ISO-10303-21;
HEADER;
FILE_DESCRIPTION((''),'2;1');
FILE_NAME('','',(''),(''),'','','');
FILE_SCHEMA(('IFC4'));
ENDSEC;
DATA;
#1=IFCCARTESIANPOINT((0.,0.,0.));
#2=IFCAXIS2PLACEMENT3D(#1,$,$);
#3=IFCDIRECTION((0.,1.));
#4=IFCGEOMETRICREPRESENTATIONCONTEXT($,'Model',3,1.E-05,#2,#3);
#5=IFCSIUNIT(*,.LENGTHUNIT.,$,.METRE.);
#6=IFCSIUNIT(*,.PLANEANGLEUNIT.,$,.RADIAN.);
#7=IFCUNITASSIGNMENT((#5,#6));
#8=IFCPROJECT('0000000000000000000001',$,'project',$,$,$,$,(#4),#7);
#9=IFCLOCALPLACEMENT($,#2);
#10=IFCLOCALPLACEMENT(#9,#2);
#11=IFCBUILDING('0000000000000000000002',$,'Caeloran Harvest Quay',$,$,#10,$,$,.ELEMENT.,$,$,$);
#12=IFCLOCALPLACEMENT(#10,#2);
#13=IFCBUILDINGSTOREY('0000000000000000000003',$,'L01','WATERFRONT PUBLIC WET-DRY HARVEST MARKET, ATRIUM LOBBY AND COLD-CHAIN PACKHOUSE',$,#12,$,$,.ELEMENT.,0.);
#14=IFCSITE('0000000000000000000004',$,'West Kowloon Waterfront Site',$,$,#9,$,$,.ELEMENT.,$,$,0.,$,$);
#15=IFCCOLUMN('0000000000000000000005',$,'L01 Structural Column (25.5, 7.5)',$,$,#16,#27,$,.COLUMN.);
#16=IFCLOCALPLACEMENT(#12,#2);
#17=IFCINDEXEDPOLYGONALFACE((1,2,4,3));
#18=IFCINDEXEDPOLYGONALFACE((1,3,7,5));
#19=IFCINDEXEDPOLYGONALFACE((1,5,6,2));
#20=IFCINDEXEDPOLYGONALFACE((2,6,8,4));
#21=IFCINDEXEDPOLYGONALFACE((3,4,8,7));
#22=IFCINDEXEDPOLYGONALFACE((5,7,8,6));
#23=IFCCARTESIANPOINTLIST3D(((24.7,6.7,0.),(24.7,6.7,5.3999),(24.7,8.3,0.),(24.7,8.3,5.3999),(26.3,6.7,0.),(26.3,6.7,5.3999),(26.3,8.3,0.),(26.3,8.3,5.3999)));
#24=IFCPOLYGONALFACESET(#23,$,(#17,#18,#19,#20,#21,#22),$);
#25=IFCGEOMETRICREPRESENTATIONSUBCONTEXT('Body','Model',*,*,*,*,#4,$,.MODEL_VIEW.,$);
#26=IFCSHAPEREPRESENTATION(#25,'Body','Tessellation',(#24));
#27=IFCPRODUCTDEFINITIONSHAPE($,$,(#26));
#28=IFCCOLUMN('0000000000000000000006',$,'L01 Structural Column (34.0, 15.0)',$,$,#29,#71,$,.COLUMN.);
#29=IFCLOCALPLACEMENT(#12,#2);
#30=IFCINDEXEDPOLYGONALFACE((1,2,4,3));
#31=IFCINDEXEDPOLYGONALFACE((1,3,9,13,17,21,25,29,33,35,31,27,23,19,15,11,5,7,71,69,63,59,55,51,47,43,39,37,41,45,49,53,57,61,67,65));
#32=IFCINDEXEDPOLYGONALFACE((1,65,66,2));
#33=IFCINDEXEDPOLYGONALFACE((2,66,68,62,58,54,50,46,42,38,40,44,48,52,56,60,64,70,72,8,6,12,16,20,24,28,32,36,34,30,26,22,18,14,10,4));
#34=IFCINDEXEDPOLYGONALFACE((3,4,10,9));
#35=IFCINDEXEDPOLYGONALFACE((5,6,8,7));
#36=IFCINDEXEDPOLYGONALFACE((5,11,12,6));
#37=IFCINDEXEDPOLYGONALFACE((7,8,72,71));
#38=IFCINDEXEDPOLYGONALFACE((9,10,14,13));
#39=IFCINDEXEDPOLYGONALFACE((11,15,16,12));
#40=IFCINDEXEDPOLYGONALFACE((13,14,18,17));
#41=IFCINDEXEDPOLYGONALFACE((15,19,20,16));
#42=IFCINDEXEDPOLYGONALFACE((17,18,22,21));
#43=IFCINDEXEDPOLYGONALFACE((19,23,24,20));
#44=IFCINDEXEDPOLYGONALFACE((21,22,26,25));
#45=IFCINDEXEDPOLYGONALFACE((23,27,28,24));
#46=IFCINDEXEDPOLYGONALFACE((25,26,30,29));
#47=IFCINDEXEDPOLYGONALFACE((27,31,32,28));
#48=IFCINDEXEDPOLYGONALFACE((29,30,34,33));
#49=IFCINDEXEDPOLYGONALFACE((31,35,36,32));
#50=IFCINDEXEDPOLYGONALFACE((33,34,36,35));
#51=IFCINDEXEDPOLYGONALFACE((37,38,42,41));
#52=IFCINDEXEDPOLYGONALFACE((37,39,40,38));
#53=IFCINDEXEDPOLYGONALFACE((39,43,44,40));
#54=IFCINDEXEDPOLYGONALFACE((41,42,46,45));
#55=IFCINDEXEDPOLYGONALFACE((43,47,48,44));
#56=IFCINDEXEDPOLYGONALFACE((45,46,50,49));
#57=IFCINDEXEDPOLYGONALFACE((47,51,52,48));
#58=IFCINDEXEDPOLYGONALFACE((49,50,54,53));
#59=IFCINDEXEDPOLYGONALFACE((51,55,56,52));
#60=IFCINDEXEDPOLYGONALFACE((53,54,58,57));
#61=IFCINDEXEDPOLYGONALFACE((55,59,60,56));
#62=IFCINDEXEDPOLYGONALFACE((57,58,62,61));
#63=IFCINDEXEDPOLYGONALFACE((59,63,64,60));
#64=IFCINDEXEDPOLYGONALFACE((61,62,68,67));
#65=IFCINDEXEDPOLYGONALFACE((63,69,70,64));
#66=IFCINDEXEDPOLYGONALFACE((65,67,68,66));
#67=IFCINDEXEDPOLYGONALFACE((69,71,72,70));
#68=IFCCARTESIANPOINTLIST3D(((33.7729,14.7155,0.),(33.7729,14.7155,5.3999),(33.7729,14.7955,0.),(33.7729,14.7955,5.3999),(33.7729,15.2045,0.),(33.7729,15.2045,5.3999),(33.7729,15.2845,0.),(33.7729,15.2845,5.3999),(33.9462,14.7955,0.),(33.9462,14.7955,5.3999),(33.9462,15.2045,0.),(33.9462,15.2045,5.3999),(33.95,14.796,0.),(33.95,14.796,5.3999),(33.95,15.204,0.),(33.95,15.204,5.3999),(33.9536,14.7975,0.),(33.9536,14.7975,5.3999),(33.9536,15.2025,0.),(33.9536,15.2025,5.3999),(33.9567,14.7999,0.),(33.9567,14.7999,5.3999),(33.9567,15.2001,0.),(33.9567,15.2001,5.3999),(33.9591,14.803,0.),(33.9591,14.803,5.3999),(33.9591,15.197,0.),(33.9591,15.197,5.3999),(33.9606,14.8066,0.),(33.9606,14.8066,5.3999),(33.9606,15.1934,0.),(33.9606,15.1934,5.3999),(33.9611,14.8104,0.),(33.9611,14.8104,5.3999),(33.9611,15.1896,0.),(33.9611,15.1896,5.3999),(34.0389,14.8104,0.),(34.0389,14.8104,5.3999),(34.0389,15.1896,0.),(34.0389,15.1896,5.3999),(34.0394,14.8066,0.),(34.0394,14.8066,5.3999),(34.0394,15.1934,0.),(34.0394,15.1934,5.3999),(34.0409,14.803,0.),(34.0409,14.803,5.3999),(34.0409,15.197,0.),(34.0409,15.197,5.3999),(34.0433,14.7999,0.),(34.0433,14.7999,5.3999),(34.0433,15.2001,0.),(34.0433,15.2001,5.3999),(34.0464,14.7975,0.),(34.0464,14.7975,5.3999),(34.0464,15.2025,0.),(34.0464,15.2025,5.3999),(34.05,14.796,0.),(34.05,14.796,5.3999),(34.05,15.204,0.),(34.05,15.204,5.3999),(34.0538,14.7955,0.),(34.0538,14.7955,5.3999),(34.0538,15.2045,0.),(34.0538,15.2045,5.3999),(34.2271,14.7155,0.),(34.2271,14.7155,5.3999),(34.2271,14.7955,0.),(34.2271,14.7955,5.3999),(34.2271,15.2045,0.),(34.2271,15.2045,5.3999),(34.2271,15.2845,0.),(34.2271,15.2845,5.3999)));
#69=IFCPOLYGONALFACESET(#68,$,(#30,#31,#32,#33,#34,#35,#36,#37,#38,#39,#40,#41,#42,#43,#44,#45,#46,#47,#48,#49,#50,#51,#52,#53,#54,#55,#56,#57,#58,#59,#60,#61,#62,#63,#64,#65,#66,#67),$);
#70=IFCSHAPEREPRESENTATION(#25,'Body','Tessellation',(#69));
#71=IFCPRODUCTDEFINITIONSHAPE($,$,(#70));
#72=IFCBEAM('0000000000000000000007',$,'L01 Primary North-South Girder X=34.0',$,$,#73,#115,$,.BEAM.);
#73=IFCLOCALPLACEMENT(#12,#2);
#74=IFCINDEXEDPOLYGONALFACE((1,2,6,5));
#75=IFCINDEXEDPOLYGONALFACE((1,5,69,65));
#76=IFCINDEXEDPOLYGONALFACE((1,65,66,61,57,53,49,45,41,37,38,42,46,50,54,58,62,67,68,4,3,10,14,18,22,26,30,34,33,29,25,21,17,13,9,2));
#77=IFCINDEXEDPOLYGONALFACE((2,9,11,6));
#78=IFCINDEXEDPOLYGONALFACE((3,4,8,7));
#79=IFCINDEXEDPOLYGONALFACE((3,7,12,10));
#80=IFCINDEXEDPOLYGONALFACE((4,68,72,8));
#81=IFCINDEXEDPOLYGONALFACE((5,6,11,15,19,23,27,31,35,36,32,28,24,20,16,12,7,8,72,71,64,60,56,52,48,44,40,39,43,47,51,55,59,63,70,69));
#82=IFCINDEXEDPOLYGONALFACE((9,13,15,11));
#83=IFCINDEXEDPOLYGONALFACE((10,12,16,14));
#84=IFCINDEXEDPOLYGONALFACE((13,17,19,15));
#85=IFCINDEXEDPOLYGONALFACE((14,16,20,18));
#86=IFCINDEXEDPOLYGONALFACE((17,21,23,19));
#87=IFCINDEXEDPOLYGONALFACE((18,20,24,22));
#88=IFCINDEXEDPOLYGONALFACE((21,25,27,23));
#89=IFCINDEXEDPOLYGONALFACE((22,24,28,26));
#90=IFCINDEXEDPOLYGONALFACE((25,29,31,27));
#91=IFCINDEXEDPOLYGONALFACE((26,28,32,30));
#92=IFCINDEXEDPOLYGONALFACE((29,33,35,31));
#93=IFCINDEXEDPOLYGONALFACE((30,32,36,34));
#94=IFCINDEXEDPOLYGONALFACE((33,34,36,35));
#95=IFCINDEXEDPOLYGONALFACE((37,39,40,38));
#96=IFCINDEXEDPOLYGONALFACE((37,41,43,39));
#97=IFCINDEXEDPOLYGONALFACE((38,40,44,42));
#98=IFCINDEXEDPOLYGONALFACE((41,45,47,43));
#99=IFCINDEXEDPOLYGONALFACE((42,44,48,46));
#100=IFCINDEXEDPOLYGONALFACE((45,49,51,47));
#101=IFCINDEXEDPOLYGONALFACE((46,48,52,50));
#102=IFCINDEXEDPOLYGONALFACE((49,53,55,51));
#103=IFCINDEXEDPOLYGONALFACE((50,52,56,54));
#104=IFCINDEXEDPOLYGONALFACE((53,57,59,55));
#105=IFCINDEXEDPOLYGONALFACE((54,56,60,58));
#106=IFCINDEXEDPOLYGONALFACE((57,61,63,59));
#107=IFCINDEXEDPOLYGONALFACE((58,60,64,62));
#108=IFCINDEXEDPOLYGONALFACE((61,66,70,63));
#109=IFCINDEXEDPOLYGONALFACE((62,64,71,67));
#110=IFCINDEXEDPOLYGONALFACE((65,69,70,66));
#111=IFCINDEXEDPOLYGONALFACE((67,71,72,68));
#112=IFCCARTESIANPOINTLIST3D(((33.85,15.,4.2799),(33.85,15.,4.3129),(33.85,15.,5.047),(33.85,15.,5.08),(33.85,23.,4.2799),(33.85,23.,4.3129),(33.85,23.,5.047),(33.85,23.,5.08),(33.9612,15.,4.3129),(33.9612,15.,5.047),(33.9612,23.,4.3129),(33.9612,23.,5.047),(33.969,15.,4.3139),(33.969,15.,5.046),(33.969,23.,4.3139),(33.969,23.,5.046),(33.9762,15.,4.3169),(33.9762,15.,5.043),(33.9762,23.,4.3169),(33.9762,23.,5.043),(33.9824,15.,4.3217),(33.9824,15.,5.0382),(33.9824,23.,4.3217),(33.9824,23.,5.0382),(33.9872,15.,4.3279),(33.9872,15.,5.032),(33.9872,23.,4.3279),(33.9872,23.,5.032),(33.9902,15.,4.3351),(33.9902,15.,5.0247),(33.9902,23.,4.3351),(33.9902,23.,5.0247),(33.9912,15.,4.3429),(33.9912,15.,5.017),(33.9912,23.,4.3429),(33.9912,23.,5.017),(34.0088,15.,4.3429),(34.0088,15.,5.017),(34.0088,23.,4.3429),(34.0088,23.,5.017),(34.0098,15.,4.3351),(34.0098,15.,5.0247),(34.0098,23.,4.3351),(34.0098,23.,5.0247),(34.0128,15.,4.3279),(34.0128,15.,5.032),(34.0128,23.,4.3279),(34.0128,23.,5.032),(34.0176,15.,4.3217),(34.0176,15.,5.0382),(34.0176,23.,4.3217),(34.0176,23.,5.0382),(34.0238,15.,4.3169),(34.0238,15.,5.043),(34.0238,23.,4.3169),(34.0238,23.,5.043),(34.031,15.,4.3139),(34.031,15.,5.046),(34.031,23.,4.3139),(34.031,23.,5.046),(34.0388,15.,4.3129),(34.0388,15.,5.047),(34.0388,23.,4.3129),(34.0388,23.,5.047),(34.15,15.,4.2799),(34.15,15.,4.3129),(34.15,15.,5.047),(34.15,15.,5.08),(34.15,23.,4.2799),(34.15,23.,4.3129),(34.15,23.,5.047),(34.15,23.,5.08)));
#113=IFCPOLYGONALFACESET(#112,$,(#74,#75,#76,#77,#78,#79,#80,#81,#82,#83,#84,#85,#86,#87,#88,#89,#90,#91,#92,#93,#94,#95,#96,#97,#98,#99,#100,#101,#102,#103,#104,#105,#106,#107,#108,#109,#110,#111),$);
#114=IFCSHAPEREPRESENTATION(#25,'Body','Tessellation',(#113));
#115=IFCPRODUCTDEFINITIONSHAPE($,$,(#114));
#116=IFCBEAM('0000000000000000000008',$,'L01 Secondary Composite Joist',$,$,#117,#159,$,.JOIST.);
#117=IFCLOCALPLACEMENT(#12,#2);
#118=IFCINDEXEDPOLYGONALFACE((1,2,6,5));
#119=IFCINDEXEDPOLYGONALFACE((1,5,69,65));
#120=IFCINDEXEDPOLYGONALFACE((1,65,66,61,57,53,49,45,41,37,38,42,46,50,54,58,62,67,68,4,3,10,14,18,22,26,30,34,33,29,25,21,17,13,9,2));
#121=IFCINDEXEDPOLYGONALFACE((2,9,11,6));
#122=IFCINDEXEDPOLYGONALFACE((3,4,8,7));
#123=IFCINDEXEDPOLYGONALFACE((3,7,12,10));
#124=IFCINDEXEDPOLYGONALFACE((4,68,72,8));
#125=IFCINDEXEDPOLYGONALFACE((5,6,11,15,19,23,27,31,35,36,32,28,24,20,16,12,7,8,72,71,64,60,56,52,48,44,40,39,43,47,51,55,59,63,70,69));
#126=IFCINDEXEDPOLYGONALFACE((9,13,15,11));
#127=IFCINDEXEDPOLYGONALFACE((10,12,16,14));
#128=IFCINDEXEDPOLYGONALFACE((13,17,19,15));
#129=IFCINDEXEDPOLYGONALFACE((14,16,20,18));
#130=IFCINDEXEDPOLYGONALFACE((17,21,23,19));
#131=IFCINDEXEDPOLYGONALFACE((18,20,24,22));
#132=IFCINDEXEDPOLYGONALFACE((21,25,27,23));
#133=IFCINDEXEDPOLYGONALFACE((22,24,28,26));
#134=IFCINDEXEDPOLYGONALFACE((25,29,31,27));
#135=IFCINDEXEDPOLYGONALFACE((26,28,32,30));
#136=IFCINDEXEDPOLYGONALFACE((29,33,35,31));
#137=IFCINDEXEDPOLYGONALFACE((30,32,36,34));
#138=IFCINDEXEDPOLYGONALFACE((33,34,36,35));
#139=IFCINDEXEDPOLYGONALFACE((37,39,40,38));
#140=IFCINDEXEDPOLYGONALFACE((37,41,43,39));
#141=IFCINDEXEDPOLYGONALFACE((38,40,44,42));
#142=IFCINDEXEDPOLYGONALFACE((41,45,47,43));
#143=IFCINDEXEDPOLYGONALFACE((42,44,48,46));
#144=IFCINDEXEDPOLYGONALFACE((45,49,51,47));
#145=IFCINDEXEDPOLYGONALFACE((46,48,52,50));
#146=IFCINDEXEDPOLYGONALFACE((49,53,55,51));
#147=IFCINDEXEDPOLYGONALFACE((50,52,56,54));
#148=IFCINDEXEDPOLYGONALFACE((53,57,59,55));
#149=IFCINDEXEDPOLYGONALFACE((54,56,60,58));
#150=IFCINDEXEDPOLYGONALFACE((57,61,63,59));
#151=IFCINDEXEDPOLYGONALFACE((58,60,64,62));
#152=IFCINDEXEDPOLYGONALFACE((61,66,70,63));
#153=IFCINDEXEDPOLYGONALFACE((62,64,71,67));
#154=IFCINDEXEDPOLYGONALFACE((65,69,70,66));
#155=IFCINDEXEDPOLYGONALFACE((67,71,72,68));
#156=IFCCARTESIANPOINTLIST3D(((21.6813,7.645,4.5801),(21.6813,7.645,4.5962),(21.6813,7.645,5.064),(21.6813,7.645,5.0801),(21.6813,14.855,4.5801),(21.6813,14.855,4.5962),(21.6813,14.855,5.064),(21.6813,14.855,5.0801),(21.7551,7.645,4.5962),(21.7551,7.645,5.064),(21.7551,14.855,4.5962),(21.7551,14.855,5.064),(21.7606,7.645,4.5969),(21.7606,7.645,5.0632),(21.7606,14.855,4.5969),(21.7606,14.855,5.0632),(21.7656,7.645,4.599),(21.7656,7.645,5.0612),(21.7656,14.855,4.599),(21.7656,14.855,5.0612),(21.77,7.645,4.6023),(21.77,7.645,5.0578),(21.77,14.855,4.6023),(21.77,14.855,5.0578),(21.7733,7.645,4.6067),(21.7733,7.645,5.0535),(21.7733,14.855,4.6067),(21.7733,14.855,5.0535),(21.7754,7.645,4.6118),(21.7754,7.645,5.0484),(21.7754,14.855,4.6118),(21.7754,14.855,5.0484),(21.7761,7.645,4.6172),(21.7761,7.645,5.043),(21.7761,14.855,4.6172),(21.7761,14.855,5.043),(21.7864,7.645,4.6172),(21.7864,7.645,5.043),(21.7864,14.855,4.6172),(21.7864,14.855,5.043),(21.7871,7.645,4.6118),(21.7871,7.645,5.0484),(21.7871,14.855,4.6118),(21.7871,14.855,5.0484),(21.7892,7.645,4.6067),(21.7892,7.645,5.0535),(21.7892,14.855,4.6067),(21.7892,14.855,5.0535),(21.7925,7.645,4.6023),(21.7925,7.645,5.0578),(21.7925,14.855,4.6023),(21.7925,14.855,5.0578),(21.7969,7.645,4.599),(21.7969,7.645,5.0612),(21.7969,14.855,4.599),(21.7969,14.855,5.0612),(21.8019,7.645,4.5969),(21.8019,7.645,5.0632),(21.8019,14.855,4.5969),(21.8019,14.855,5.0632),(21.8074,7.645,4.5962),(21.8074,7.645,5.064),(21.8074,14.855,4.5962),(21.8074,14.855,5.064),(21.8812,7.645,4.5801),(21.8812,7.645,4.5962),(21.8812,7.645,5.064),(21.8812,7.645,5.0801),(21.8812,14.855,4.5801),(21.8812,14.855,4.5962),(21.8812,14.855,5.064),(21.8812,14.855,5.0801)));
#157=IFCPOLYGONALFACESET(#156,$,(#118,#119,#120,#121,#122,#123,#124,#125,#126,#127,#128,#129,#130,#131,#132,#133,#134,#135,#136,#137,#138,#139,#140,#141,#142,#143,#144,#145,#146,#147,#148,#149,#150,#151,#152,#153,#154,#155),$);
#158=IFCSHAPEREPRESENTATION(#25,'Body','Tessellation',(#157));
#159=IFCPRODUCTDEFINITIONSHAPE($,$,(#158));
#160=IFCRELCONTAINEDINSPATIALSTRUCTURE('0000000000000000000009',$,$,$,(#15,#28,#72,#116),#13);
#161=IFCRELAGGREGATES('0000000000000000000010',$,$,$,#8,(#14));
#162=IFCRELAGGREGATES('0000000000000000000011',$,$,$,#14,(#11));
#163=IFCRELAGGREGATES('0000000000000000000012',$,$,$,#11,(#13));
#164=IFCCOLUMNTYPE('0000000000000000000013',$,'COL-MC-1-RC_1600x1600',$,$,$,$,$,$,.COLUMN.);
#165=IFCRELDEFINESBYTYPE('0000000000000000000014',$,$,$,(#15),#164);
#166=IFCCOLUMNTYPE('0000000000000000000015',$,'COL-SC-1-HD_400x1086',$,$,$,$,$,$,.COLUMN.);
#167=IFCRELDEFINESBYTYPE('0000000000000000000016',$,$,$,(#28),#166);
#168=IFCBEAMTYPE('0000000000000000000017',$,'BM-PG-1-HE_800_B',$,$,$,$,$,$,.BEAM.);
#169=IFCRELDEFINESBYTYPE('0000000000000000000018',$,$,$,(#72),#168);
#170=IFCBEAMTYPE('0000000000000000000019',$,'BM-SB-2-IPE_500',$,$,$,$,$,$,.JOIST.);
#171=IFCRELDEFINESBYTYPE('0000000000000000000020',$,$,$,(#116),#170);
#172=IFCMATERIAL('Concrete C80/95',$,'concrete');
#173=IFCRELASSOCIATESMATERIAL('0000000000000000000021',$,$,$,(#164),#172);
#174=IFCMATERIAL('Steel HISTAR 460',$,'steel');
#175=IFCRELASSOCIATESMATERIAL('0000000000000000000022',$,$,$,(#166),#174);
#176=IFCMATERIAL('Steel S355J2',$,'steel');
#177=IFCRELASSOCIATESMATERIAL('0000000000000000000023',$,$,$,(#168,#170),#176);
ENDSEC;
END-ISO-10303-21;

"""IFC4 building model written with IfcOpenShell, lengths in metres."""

from ifc_helpers import new_model, si_unit, direction, frame, origin, origin_2d, place, context, subcontext, project, spatial, rectangle, i_section, extrude, material, material_profile, profile_set, type_object, element, save


model = new_model("IFC4")

# Units and contexts
model_context = context("Model", 3, precision=1e-05, world=origin(), true_north=direction((0.0, 1.0)))
body_context = subcontext(model_context, "Body", "Model", "MODEL_VIEW")
ifc_project = project(units=[si_unit("LENGTHUNIT", "METRE"), si_unit("PLANEANGLEUNIT", "RADIAN")], contexts=[model_context])

# Site, building, storey
site_placement = place(None, origin())
site = spatial("IfcSite", under=ifc_project, at=site_placement, Name="West Kowloon Waterfront Site", CompositionType="ELEMENT", RefElevation=0.0)
building_placement = place(site_placement, origin())
building = spatial("IfcBuilding", under=site, at=building_placement, Name="Caeloran Harvest Quay", CompositionType="ELEMENT")
storey_placement = place(building_placement, origin())
storey = spatial("IfcBuildingStorey", under=building, at=storey_placement, Name="L01", Description="WATERFRONT PUBLIC WET-DRY HARVEST MARKET, ATRIUM LOBBY AND COLD-CHAIN PACKHOUSE", CompositionType="ELEMENT", Elevation=0.0)

# Columns
ifc_material_1 = material(Name="Concrete C80/95", Category="concrete")
ifc_material_profile_1 = material_profile(ifc_material_1, rectangle(XDim=1.6001, YDim=1.6001, at=origin_2d()), Name="RC 1600x1600")
ifc_profile_set_1 = profile_set([ifc_material_profile_1], Name="Concrete C80/95")
column_type_1 = type_object("IfcColumnType", Name="COL-MC-1-RC_1600x1600", PredefinedType="COLUMN", material=ifc_profile_set_1)
column_1_placement = place(storey_placement, frame((25.5, 7.5, 0.0), z_axis=(0.0, 0.0, 1.0), x_axis=(1.0, 0.0, 0.0)))
element("IfcColumn", 1, at=column_1_placement, inside=storey, type_object=column_type_1, Name="L01 Structural Column (25.5, 7.5)", PredefinedType="COLUMN", context=body_context, shape_type="SweptSolid", body=[
    extrude(rectangle(XDim=1.6001, YDim=1.6001, at=origin_2d()), origin(), (0.0, 0.0, 1.0), 5.3999),
])
ifc_material_2 = material(Name="Steel HISTAR 460", Category="steel")
ifc_material_profile_2 = material_profile(ifc_material_2, i_section(OverallWidth=0.4541, OverallDepth=0.5691, WebThickness=0.0779, FlangeThickness=0.0801, FilletRadius=0.0149, at=origin_2d()), Name="HD 400x1086")
ifc_profile_set_2 = profile_set([ifc_material_profile_2], Name="Steel HISTAR 460")
column_type_2 = type_object("IfcColumnType", Name="COL-SC-1-HD_400x1086", PredefinedType="COLUMN", material=ifc_profile_set_2)
column_2_placement = place(storey_placement, frame((34.0, 15.0, 0.0), z_axis=(0.0, 0.0, 1.0), x_axis=(1.0, 0.0, 0.0)))
element("IfcColumn", 2, at=column_2_placement, inside=storey, type_object=column_type_2, Name="L01 Structural Column (34.0, 15.0)", PredefinedType="COLUMN", context=body_context, shape_type="SweptSolid", body=[
    extrude(i_section(OverallWidth=0.4541, OverallDepth=0.5691, WebThickness=0.0779, FlangeThickness=0.0801, FilletRadius=0.0149, at=origin_2d()), origin(), (0.0, 0.0, 1.0), 5.3999),
])

# Beams
ifc_material_3 = material(Name="Steel S355J2", Category="steel")
ifc_material_profile_3 = material_profile(ifc_material_3, i_section(OverallWidth=0.3, OverallDepth=0.8, WebThickness=0.0176, FlangeThickness=0.033, FilletRadius=0.03, at=origin_2d()), Name="HE 800 B")
ifc_profile_set_3 = profile_set([ifc_material_profile_3], Name="Steel S355J2")
beam_type_1 = type_object("IfcBeamType", Name="BM-PG-1-HE_800_B", PredefinedType="BEAM", material=ifc_profile_set_3)
beam_placement = place(storey_placement, frame((34.0, 15.0, 4.6799), z_axis=(0.0, 1.0, 0.0), x_axis=(-1.0, 0.0, 0.0)))
element("IfcBeam", 3, at=beam_placement, inside=storey, type_object=beam_type_1, Name="L01 Primary North-South Girder X=34.0", PredefinedType="BEAM", context=body_context, shape_type="SweptSolid", body=[
    extrude(i_section(OverallWidth=0.3, OverallDepth=0.8, WebThickness=0.0176, FlangeThickness=0.033, FilletRadius=0.03, at=origin_2d()), origin(), (0.0, 0.0, 1.0), 8.0),
])
ifc_material_profile_4 = material_profile(ifc_material_3, i_section(OverallWidth=0.2, OverallDepth=0.5, WebThickness=0.0103, FlangeThickness=0.0161, FilletRadius=0.021, at=origin_2d()), Name="IPE 500")
ifc_profile_set_4 = profile_set([ifc_material_profile_4], Name="Steel S355J2")
beam_type_2 = type_object("IfcBeamType", Name="BM-SB-2-IPE_500", PredefinedType="JOIST", material=ifc_profile_set_4)
for number, where, z_axis, x_axis, name in (
    (4, (21.7812, 7.645, 4.8301), (0.0, 1.0, 0.0), (-1.0, 0.0, 0.0), "L01 Secondary Composite Joist"),
):
    element("IfcBeam", number, at=place(storey_placement, frame(where, z_axis=z_axis, x_axis=x_axis)), inside=storey, type_object=beam_type_2, Name=name, PredefinedType="JOIST", context=body_context, shape_type="SweptSolid", body=[
        extrude(i_section(OverallWidth=0.2, OverallDepth=0.5, WebThickness=0.0103, FlangeThickness=0.0161, FilletRadius=0.021, at=origin_2d()), origin(), (0.0, 0.0, 1.0), 7.21),
    ])

save(model, "model.ifc")
